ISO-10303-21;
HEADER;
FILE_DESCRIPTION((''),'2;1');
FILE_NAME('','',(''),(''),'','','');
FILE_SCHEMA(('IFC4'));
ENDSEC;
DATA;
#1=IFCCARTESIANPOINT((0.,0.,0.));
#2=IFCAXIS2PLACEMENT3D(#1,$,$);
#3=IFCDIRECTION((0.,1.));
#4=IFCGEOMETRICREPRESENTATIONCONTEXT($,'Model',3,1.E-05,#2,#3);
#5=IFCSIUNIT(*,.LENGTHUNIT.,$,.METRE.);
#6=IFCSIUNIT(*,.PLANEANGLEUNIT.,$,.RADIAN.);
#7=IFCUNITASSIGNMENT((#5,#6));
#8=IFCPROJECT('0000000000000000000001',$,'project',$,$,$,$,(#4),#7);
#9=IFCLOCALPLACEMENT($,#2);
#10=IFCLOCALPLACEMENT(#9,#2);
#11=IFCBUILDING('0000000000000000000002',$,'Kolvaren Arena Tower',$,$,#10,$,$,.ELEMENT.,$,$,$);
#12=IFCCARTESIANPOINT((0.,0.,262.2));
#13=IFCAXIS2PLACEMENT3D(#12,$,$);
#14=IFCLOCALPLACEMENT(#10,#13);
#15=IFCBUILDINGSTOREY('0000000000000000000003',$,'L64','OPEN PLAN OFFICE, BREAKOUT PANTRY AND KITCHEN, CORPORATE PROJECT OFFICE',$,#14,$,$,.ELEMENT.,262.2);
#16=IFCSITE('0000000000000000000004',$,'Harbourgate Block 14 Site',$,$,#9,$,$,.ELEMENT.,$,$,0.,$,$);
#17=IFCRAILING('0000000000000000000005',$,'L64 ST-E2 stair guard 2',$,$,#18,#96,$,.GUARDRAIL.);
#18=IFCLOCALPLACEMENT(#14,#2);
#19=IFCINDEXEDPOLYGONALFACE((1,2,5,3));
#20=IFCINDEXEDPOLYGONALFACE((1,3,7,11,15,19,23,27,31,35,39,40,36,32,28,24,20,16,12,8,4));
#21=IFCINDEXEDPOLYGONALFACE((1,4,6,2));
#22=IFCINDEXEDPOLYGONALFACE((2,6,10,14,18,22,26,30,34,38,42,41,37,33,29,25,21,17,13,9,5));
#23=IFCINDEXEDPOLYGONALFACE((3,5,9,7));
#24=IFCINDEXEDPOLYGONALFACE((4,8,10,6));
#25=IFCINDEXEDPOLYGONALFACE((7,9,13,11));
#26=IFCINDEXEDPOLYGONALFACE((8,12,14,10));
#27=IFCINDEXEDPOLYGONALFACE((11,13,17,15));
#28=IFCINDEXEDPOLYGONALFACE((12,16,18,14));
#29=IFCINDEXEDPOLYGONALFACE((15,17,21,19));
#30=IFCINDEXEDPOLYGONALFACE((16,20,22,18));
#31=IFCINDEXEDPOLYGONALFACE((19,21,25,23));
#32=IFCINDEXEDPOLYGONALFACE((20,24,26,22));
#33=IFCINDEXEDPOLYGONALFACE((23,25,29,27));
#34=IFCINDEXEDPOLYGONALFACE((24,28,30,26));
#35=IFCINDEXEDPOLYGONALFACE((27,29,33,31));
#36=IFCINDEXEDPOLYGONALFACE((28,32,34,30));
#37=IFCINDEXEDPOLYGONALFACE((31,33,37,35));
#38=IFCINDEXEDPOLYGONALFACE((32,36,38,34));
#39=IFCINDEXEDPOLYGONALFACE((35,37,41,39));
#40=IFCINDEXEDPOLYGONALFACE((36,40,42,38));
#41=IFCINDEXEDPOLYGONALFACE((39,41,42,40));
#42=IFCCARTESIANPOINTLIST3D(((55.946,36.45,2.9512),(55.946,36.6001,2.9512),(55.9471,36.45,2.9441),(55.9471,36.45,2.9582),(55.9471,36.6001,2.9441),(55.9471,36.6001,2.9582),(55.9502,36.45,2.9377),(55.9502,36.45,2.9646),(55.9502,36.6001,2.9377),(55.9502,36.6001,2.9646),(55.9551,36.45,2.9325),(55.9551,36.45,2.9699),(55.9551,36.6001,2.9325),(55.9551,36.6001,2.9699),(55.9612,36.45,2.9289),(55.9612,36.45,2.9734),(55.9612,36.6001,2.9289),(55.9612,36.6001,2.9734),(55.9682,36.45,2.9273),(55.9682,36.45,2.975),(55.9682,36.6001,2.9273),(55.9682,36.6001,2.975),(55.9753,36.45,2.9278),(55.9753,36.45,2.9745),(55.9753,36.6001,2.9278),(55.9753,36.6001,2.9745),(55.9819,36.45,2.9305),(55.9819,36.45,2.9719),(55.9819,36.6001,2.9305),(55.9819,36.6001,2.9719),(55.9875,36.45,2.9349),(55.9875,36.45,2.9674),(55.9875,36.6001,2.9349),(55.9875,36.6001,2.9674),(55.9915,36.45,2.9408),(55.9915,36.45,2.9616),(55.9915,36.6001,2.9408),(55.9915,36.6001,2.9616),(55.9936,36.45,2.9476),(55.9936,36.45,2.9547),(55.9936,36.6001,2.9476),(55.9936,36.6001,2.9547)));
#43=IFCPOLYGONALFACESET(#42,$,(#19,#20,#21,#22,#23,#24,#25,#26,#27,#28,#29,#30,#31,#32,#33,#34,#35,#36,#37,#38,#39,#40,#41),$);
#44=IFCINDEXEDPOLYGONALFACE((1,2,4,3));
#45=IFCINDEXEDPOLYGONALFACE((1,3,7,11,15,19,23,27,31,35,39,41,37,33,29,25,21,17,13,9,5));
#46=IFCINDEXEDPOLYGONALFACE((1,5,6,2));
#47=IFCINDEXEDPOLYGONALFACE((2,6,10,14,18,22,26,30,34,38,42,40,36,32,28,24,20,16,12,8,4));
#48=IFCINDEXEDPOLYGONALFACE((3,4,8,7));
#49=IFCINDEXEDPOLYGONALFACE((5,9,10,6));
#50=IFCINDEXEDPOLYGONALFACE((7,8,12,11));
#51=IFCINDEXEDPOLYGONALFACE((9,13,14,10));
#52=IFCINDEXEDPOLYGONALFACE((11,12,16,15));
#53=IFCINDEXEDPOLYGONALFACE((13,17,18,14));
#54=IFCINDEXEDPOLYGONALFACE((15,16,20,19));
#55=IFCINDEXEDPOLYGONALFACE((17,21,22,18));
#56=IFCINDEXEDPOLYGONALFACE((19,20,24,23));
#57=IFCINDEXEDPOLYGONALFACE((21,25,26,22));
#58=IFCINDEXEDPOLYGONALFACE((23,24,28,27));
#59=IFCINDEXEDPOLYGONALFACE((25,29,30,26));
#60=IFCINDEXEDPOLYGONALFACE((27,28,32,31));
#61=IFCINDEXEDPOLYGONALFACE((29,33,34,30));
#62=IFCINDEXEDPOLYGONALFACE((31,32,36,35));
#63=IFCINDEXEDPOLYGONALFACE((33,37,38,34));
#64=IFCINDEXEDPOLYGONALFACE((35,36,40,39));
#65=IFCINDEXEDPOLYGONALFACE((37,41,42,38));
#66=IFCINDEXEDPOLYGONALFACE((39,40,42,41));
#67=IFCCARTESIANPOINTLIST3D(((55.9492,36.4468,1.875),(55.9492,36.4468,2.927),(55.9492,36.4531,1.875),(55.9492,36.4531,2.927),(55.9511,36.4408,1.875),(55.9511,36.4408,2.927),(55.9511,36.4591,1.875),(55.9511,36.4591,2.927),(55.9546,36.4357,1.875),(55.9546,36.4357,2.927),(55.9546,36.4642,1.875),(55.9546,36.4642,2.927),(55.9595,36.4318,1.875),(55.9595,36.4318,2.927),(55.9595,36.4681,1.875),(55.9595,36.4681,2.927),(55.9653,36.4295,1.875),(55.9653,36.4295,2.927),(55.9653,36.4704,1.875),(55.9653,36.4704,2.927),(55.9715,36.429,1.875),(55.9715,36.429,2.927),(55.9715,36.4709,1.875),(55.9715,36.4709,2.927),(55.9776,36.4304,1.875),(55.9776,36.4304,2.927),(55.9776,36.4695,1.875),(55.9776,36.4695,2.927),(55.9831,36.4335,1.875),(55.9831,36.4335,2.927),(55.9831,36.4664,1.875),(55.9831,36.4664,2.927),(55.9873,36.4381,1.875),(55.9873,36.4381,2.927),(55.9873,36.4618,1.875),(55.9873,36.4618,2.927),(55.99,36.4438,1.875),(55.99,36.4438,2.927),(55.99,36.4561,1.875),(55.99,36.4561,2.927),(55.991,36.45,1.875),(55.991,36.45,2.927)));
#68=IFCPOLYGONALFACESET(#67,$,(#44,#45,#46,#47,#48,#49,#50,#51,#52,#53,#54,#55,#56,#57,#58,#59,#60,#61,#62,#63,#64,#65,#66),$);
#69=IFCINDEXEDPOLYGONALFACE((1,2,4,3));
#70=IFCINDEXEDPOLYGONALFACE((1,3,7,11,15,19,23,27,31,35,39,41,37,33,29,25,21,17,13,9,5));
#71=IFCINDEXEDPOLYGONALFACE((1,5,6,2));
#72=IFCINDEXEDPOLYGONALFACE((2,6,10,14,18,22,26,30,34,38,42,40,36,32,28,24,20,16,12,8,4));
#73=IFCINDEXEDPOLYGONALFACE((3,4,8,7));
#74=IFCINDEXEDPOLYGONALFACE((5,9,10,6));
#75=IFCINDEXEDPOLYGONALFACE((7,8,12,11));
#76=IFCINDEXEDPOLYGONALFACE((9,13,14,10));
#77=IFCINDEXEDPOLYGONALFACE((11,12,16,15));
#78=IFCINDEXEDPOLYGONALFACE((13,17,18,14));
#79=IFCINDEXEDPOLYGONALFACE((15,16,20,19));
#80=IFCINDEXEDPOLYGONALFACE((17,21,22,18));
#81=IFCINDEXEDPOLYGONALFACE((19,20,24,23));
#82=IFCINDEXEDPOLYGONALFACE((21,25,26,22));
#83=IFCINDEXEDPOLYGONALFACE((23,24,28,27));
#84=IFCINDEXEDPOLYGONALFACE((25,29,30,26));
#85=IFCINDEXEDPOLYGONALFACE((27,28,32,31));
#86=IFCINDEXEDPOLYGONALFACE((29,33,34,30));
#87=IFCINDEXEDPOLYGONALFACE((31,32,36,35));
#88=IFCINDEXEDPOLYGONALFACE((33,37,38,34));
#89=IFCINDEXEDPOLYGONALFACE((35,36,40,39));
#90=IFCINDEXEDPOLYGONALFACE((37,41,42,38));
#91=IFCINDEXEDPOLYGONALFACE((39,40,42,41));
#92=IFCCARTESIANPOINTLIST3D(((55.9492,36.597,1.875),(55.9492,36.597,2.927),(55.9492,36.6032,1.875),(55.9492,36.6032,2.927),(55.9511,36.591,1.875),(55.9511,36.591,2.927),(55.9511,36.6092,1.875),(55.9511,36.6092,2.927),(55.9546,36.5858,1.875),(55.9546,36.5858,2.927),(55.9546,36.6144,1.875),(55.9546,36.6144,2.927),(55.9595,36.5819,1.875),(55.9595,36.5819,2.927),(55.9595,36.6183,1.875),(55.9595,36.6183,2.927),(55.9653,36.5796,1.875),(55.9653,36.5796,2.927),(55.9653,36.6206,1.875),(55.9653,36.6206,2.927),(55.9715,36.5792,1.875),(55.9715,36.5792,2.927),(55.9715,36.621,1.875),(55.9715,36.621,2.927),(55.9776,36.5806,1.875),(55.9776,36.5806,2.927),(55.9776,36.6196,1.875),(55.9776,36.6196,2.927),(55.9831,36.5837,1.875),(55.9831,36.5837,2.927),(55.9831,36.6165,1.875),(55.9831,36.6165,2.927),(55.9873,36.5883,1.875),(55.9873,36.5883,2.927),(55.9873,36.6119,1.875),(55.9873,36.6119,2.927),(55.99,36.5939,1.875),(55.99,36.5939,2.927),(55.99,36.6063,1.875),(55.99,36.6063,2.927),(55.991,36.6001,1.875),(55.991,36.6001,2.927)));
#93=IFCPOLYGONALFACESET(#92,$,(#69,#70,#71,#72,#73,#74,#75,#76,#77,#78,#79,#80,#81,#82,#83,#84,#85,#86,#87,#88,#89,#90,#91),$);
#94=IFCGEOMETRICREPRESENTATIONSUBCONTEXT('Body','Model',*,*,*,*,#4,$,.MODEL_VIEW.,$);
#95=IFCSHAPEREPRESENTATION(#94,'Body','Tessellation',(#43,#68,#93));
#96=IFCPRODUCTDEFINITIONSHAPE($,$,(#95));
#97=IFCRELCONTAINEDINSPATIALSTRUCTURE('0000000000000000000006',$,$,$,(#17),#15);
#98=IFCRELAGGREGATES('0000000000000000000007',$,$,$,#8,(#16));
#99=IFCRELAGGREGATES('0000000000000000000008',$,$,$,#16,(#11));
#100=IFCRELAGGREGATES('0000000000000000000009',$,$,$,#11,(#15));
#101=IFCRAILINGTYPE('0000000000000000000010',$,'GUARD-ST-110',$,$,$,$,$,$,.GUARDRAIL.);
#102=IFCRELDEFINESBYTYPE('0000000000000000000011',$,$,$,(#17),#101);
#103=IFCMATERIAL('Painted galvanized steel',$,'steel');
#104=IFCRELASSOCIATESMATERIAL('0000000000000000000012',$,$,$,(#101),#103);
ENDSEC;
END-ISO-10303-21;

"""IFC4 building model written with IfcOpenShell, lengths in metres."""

from ifc_helpers import new_model, si_unit, direction, frame, origin, origin_2d, place, context, subcontext, project, spatial, circle, extrude, material, type_object, element, save


model = new_model("IFC4")

# Units and contexts
model_context = context("Model", 3, precision=1e-05, world=origin(), true_north=direction((0.0, 1.0)))
body_context = subcontext(model_context, "Body", "Model", "MODEL_VIEW")
ifc_project = project(units=[si_unit("LENGTHUNIT", "METRE"), si_unit("PLANEANGLEUNIT", "RADIAN")], contexts=[model_context])

# Site, building, storey
site_placement = place(None, origin())
site = spatial("IfcSite", under=ifc_project, at=site_placement, Name="Harbourgate Block 14 Site", CompositionType="ELEMENT", RefElevation=0.0)
building_placement = place(site_placement, origin())
building = spatial("IfcBuilding", under=site, at=building_placement, Name="Kolvaren Arena Tower", CompositionType="ELEMENT")
storey_placement = place(building_placement, frame((0.0, 0.0, 262.2)))
storey = spatial("IfcBuildingStorey", under=building, at=storey_placement, Name="L64", Description="OPEN PLAN OFFICE, BREAKOUT PANTRY AND KITCHEN, CORPORATE PROJECT OFFICE", CompositionType="ELEMENT", Elevation=262.2)

# Railing
ifc_material_1 = material(Name="Painted galvanized steel", Category="steel")
railing_type_1 = type_object("IfcRailingType", Name="GUARD-ST-110", PredefinedType="GUARDRAIL", material=ifc_material_1)
railing_1_placement = place(storey_placement, frame((55.97, 36.45, 1.875)))
element("IfcRailing", 1, at=railing_1_placement, inside=storey, type_object=railing_type_1, Name="L64 ST-E2 stair guard 2", PredefinedType="GUARDRAIL", context=body_context, shape_type="SweptSolid", body=[
    extrude(circle(Radius=0.0239, at=origin_2d()), frame((0.0, 0.0, 1.0762), z_axis=(0.0, 1.0, 0.0), x_axis=(-1.0, 0.0, 0.0)), (0.0, 0.0, 1.0), 0.1501),
    extrude(circle(Radius=0.021, at=origin_2d()), origin(), (0.0, 0.0, 1.0), 1.052),
    extrude(circle(Radius=0.021, at=origin_2d()), frame((0.0, 0.1501, 0.0)), (0.0, 0.0, 1.0), 1.052),
])

save(model, "model.ifc")
